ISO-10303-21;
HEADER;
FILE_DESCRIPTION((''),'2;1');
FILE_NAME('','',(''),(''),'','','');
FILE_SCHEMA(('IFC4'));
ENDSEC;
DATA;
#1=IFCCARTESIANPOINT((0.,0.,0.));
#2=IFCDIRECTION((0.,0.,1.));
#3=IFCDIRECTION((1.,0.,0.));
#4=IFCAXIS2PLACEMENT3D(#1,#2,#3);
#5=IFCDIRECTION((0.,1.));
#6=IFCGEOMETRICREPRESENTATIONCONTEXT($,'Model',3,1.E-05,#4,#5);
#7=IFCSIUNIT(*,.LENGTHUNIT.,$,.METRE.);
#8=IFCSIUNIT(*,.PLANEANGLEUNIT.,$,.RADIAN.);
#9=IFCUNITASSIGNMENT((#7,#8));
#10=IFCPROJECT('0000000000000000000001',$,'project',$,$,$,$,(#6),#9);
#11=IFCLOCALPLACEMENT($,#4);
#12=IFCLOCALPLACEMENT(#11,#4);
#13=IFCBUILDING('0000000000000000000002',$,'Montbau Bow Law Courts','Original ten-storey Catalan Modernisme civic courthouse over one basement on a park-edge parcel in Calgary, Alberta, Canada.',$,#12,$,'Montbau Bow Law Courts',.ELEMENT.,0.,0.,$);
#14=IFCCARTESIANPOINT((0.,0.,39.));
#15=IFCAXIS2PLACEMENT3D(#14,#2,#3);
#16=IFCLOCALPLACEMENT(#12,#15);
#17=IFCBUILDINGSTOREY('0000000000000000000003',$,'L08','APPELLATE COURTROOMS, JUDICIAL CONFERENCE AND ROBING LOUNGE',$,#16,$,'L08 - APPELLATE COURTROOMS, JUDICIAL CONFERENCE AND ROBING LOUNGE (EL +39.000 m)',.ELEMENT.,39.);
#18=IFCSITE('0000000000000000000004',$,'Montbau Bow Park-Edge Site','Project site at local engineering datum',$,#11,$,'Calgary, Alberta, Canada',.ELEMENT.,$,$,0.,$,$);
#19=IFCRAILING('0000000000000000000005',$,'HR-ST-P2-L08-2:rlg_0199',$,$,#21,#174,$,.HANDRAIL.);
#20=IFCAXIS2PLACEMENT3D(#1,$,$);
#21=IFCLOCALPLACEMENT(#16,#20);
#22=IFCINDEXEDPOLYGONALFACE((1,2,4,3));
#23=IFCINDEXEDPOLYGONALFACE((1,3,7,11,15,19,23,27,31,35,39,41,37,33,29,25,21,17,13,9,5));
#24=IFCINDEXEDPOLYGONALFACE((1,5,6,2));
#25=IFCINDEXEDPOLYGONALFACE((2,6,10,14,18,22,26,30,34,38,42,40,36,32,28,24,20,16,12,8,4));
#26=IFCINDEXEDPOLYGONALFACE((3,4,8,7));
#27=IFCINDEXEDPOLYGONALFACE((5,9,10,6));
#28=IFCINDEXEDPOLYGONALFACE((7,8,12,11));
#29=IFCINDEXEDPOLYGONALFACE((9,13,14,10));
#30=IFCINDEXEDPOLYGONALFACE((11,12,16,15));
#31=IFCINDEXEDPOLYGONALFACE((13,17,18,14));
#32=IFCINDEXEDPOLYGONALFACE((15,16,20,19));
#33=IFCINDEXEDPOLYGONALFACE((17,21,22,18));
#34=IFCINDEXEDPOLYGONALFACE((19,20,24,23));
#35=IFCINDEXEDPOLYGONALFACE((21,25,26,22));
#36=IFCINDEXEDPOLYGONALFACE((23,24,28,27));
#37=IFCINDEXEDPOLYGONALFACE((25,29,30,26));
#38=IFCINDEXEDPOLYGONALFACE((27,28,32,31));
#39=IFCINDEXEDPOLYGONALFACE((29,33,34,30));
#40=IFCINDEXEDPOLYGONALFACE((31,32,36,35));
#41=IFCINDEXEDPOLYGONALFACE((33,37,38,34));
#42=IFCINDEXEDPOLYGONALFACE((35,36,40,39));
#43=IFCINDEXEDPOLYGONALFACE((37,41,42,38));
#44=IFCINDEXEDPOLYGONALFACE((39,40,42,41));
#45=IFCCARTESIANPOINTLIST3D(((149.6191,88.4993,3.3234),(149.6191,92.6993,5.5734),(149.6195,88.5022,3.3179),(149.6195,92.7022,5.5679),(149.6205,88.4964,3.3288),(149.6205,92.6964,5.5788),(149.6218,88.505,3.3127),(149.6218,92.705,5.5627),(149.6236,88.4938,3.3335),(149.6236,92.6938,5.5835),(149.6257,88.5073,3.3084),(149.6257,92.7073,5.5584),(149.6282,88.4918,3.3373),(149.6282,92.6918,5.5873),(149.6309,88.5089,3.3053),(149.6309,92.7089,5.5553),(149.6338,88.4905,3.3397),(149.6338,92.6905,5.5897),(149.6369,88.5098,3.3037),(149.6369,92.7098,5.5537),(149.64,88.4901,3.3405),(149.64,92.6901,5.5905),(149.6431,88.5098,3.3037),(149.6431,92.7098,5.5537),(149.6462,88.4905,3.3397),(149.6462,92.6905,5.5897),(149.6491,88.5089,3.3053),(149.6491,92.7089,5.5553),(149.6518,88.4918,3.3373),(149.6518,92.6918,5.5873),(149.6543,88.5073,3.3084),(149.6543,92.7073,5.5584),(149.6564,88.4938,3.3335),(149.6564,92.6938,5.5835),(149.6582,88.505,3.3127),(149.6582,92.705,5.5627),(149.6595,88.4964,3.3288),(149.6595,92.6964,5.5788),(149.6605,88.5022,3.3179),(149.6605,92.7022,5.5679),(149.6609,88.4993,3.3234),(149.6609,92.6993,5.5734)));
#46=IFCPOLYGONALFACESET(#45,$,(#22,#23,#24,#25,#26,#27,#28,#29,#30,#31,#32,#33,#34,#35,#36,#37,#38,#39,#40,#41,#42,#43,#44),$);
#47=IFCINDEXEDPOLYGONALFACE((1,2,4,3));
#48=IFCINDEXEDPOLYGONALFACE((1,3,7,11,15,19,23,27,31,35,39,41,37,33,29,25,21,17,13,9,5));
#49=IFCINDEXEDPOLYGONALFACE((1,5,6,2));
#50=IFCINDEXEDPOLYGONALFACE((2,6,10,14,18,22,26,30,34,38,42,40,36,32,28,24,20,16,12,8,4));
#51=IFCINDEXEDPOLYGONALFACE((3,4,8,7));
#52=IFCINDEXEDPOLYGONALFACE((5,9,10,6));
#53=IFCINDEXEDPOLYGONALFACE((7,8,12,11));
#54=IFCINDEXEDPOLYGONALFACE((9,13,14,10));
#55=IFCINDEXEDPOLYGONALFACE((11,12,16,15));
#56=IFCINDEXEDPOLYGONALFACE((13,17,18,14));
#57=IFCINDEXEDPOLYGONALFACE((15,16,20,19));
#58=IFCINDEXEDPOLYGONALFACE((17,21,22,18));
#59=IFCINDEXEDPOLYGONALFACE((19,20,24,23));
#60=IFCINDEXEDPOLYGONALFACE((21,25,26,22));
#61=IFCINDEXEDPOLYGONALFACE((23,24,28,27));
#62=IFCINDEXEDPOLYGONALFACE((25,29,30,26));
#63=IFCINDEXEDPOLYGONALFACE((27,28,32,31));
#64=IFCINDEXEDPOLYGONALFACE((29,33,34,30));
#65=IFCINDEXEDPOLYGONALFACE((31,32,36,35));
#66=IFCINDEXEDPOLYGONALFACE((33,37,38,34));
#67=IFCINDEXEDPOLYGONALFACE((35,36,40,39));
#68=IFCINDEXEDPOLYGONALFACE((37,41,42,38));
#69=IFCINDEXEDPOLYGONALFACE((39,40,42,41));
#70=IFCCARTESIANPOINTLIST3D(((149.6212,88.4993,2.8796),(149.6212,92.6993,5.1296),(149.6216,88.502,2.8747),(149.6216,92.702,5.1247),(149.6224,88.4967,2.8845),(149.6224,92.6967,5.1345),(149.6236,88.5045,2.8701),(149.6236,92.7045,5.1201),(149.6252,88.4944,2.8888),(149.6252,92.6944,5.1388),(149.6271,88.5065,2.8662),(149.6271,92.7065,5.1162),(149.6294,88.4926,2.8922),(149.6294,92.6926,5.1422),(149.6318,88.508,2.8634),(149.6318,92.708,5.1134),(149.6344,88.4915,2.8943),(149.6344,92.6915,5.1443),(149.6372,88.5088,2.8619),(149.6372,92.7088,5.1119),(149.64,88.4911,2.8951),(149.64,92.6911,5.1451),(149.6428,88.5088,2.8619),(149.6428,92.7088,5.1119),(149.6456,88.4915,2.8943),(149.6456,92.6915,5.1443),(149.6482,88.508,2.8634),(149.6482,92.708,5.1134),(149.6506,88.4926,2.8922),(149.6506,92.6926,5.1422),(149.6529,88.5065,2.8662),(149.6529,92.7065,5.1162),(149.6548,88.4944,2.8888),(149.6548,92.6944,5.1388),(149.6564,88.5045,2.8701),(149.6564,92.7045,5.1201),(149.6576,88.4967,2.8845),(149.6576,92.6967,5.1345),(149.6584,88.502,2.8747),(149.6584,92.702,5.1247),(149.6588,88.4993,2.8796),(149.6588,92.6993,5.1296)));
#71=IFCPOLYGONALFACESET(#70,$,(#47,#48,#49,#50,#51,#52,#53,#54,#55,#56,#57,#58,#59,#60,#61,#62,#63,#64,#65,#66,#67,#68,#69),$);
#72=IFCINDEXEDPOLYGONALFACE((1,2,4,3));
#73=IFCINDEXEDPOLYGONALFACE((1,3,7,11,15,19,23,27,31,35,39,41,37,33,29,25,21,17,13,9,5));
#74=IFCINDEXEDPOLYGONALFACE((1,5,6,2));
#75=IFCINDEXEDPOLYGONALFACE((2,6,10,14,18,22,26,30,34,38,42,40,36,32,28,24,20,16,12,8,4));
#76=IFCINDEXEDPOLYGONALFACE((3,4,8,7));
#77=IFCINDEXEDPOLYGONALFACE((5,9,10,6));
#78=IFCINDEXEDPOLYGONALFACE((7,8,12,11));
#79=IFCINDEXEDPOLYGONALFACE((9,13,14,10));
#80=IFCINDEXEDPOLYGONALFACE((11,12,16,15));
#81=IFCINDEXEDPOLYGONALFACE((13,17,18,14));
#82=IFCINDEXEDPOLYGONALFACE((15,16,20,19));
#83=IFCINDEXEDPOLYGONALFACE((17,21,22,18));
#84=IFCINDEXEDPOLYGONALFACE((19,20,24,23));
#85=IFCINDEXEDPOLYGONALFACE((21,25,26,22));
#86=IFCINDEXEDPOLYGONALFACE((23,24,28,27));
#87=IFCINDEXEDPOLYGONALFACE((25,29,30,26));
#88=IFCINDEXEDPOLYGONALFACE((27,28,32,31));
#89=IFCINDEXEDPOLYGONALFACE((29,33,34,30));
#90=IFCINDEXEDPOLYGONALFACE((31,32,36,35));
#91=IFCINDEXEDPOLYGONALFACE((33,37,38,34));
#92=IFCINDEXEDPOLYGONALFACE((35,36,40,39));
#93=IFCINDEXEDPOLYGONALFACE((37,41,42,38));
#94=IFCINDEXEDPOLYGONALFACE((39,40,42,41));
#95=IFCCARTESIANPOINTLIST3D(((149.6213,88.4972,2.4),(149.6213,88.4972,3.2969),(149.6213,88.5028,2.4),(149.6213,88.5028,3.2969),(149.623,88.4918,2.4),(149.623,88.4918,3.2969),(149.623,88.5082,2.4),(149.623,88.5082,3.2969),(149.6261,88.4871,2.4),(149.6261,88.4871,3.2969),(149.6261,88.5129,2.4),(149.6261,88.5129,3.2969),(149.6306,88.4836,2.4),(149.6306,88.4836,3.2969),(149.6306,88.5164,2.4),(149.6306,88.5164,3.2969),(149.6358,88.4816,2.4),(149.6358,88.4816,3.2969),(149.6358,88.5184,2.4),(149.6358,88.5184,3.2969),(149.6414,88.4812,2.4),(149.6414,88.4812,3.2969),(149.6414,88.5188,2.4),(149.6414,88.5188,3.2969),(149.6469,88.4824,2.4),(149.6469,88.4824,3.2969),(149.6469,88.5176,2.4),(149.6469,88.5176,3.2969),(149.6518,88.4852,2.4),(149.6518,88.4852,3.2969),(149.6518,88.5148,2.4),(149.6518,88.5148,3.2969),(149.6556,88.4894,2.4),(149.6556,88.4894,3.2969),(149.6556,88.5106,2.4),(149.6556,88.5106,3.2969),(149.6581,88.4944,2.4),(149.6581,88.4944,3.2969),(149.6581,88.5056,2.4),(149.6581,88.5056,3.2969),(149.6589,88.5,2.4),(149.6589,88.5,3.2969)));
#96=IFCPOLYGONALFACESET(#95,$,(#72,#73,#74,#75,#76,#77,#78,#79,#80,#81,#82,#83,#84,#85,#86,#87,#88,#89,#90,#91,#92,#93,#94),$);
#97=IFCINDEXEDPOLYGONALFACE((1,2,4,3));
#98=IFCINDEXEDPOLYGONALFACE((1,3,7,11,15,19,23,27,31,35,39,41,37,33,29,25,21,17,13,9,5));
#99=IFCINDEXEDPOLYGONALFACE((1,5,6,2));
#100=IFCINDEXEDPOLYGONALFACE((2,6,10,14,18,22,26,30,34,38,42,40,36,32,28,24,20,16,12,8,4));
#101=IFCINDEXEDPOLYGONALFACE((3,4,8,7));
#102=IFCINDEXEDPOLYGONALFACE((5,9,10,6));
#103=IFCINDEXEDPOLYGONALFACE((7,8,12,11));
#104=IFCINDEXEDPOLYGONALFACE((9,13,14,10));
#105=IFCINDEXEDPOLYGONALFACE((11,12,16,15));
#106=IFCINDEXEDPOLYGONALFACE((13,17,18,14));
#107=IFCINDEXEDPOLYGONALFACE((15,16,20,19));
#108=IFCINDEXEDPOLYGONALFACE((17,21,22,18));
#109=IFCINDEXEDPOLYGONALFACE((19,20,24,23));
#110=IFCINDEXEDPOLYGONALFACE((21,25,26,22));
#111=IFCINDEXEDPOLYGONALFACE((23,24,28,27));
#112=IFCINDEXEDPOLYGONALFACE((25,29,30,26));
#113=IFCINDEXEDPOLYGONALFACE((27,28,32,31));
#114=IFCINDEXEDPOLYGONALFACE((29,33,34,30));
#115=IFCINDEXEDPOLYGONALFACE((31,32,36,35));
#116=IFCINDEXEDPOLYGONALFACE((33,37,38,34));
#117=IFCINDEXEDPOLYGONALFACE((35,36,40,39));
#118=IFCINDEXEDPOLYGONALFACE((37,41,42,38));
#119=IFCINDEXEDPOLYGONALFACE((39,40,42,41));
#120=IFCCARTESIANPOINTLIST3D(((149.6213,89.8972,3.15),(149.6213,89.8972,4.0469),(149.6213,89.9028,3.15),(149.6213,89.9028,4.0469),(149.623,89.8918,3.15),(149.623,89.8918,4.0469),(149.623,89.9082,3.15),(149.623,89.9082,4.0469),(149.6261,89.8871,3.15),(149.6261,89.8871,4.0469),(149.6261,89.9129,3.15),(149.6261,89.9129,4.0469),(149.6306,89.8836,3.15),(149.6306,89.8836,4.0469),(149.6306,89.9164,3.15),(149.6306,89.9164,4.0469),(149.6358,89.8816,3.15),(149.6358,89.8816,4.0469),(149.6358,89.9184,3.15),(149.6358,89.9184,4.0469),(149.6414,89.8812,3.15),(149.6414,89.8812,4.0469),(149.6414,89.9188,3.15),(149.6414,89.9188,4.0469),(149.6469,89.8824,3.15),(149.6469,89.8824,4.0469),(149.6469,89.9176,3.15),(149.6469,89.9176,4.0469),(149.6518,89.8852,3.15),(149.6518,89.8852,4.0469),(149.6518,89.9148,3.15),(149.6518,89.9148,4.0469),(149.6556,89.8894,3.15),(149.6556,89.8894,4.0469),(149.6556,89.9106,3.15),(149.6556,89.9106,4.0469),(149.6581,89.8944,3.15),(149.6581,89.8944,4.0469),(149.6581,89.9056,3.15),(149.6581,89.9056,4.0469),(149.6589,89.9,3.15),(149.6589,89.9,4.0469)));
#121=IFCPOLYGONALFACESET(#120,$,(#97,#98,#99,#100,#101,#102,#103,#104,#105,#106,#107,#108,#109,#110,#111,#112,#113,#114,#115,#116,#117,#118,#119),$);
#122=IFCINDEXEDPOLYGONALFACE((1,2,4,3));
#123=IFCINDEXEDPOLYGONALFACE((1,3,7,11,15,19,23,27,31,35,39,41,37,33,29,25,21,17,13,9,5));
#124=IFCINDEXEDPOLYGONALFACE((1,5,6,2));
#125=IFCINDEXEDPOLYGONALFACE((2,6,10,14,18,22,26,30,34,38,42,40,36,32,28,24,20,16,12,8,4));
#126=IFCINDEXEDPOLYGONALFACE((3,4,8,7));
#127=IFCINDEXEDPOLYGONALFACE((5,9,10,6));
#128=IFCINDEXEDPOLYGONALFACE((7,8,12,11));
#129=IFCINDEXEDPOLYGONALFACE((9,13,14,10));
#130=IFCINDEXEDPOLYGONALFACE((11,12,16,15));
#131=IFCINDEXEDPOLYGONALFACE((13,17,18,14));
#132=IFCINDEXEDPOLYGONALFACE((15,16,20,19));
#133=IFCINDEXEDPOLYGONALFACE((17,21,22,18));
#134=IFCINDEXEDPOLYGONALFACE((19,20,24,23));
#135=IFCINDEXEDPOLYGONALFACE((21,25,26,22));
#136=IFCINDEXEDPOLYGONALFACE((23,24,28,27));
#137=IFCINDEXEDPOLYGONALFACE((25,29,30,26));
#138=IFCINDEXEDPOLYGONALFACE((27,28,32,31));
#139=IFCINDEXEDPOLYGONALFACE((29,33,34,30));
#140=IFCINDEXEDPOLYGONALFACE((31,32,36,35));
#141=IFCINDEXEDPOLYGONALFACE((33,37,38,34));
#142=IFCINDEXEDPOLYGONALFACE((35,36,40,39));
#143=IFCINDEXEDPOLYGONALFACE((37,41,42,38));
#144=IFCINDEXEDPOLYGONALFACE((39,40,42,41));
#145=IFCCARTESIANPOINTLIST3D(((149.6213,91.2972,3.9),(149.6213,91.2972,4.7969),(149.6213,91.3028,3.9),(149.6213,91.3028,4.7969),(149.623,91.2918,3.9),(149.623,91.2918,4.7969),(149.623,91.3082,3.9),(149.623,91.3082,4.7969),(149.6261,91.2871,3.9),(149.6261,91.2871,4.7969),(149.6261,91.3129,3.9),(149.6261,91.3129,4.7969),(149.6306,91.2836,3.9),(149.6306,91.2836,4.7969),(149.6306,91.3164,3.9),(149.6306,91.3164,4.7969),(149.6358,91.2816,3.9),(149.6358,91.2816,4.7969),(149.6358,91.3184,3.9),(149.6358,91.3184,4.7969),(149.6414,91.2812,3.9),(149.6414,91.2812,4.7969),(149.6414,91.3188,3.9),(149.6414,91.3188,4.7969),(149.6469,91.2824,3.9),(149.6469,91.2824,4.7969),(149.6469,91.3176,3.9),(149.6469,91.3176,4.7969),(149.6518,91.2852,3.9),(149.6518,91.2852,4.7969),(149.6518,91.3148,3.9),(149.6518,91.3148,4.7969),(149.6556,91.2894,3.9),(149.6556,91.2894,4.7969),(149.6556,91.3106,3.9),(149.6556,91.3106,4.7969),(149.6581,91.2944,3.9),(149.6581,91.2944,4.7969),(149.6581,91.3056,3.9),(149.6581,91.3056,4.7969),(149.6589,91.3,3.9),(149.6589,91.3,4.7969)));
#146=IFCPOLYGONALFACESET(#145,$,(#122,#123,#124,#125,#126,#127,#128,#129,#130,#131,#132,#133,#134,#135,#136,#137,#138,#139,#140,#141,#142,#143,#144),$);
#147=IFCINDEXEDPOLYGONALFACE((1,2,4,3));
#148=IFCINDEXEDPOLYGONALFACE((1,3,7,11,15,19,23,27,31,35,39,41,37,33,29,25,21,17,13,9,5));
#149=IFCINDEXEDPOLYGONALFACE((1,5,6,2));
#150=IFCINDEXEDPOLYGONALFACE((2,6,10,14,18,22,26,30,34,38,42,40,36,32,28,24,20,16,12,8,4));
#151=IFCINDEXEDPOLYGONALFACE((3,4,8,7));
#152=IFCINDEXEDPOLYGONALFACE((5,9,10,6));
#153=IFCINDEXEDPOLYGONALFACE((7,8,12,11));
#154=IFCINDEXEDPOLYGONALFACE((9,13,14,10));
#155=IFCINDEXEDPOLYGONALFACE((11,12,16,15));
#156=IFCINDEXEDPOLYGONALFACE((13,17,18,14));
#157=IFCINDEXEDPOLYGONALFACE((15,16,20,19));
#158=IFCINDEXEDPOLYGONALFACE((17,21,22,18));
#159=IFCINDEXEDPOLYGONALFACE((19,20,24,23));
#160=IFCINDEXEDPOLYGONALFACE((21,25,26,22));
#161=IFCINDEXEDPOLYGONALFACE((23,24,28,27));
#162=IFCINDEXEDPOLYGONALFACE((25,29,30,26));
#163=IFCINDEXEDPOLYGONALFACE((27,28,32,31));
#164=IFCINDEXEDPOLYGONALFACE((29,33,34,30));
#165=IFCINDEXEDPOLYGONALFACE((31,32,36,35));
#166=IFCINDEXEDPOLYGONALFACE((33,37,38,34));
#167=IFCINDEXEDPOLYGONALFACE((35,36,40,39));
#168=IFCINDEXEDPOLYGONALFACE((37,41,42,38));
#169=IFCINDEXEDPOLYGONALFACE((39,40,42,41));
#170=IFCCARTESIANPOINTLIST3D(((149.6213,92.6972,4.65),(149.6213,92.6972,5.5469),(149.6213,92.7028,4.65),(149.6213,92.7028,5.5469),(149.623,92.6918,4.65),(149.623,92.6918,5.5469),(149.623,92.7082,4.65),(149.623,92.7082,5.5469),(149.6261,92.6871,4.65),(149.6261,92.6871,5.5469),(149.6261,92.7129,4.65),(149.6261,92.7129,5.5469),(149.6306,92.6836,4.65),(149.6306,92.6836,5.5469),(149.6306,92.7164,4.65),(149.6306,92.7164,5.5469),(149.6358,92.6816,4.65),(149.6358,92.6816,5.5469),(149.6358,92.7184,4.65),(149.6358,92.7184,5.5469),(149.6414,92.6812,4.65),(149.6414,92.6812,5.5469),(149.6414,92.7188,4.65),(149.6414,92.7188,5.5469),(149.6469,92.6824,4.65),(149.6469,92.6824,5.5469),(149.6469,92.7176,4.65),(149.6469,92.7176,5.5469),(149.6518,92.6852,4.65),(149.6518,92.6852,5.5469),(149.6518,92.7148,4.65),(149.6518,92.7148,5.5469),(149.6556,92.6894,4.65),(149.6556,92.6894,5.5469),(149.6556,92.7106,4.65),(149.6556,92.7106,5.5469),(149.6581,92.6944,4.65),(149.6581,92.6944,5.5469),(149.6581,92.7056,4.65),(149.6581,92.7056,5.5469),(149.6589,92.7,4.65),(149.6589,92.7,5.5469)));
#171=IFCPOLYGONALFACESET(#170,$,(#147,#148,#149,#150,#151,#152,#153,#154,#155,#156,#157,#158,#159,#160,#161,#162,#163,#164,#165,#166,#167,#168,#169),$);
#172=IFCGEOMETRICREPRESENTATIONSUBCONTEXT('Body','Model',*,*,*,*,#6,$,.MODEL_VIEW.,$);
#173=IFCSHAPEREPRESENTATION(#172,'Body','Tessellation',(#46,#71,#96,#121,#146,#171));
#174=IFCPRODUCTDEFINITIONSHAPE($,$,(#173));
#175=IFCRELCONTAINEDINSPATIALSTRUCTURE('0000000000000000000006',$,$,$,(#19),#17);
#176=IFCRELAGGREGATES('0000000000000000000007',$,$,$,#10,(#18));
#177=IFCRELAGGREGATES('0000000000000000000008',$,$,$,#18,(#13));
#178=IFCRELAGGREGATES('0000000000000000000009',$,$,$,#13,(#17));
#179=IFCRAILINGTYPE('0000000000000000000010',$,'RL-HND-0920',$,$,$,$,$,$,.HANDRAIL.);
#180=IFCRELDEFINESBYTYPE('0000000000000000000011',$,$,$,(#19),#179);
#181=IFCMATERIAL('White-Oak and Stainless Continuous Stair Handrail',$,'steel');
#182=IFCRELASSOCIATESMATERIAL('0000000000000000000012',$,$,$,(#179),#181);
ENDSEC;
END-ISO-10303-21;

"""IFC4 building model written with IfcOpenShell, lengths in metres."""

from ifc_helpers import new_model, si_unit, direction, frame, origin_with_axes, origin_2d_with_axis, place, context, subcontext, project, spatial, circle, extrude, material, type_object, element, save


model = new_model("IFC4")

# Units and contexts
model_context = context("Model", 3, precision=1e-05, world=origin_with_axes(), true_north=direction((0.0, 1.0)))
body_context = subcontext(model_context, "Body", "Model", "MODEL_VIEW")
ifc_project = project(units=[si_unit("LENGTHUNIT", "METRE"), si_unit("PLANEANGLEUNIT", "RADIAN")], contexts=[model_context])

# Site, building, storey
site_placement = place(None, origin_with_axes())
site = spatial("IfcSite", under=ifc_project, at=site_placement, Name="Montbau Bow Park-Edge Site", Description="Project site at local engineering datum", LongName="Calgary, Alberta, Canada", CompositionType="ELEMENT", RefElevation=0.0)
building_placement = place(site_placement, origin_with_axes())
building = spatial("IfcBuilding", under=site, at=building_placement, Name="Montbau Bow Law Courts", Description="Original ten-storey Catalan Modernisme civic courthouse over one basement on a park-edge parcel in Calgary, Alberta, Canada.", LongName="Montbau Bow Law Courts", CompositionType="ELEMENT", ElevationOfRefHeight=0.0, ElevationOfTerrain=0.0)
storey_placement = place(building_placement, frame((0.0, 0.0, 39.0), z_axis=(0.0, 0.0, 1.0), x_axis=(1.0, 0.0, 0.0)))
storey = spatial("IfcBuildingStorey", under=building, at=storey_placement, Name="L08", Description="APPELLATE COURTROOMS, JUDICIAL CONFERENCE AND ROBING LOUNGE", LongName="L08 - APPELLATE COURTROOMS, JUDICIAL CONFERENCE AND ROBING LOUNGE (EL +39.000 m)", CompositionType="ELEMENT", Elevation=39.0)

# Railing
ifc_material_1 = material(Name="White-Oak and Stainless Continuous Stair Handrail", Category="steel")
railing_type_1 = type_object("IfcRailingType", Name="RL-HND-0920", PredefinedType="HANDRAIL", material=ifc_material_1)
railing_1_placement = place(None, origin_with_axes())
element("IfcRailing", 1, at=railing_1_placement, inside=storey, type_object=railing_type_1, Name="HR-ST-P2-L08-2:rlg_0199", PredefinedType="HANDRAIL", context=body_context, shape_type="SweptSolid", body=[
    extrude(circle(Radius=0.021, at=origin_2d_with_axis()), frame((149.64, 88.5, 42.322), z_axis=(0.0, 0.88148, 0.472221), x_axis=(0.0, -0.472221, 0.88148)), (0.0, 0.0, 1.0), 4.7647),
    extrude(circle(Radius=0.0189, at=origin_2d_with_axis()), frame((149.64, 88.5, 41.8784), z_axis=(0.0, 0.88148, 0.472221), x_axis=(0.0, -0.472221, 0.88148)), (0.0, 0.0, 1.0), 4.7647),
    extrude(circle(Radius=0.0189, at=origin_2d_with_axis()), frame((149.64, 88.5, 41.4), z_axis=(0.0, 0.0, 1.0), x_axis=(1.0, 0.0, 0.0)), (0.0, 0.0, 1.0), 0.8969),
    extrude(circle(Radius=0.0189, at=origin_2d_with_axis()), frame((149.64, 89.9, 42.15), z_axis=(0.0, 0.0, 1.0), x_axis=(1.0, 0.0, 0.0)), (0.0, 0.0, 1.0), 0.8969),
    extrude(circle(Radius=0.0189, at=origin_2d_with_axis()), frame((149.64, 91.3, 42.9), z_axis=(0.0, 0.0, 1.0), x_axis=(1.0, 0.0, 0.0)), (0.0, 0.0, 1.0), 0.8969),
    extrude(circle(Radius=0.0189, at=origin_2d_with_axis()), frame((149.64, 92.7, 43.65), z_axis=(0.0, 0.0, 1.0), x_axis=(1.0, 0.0, 0.0)), (0.0, 0.0, 1.0), 0.8969),
])

save(model, "model.ifc")
